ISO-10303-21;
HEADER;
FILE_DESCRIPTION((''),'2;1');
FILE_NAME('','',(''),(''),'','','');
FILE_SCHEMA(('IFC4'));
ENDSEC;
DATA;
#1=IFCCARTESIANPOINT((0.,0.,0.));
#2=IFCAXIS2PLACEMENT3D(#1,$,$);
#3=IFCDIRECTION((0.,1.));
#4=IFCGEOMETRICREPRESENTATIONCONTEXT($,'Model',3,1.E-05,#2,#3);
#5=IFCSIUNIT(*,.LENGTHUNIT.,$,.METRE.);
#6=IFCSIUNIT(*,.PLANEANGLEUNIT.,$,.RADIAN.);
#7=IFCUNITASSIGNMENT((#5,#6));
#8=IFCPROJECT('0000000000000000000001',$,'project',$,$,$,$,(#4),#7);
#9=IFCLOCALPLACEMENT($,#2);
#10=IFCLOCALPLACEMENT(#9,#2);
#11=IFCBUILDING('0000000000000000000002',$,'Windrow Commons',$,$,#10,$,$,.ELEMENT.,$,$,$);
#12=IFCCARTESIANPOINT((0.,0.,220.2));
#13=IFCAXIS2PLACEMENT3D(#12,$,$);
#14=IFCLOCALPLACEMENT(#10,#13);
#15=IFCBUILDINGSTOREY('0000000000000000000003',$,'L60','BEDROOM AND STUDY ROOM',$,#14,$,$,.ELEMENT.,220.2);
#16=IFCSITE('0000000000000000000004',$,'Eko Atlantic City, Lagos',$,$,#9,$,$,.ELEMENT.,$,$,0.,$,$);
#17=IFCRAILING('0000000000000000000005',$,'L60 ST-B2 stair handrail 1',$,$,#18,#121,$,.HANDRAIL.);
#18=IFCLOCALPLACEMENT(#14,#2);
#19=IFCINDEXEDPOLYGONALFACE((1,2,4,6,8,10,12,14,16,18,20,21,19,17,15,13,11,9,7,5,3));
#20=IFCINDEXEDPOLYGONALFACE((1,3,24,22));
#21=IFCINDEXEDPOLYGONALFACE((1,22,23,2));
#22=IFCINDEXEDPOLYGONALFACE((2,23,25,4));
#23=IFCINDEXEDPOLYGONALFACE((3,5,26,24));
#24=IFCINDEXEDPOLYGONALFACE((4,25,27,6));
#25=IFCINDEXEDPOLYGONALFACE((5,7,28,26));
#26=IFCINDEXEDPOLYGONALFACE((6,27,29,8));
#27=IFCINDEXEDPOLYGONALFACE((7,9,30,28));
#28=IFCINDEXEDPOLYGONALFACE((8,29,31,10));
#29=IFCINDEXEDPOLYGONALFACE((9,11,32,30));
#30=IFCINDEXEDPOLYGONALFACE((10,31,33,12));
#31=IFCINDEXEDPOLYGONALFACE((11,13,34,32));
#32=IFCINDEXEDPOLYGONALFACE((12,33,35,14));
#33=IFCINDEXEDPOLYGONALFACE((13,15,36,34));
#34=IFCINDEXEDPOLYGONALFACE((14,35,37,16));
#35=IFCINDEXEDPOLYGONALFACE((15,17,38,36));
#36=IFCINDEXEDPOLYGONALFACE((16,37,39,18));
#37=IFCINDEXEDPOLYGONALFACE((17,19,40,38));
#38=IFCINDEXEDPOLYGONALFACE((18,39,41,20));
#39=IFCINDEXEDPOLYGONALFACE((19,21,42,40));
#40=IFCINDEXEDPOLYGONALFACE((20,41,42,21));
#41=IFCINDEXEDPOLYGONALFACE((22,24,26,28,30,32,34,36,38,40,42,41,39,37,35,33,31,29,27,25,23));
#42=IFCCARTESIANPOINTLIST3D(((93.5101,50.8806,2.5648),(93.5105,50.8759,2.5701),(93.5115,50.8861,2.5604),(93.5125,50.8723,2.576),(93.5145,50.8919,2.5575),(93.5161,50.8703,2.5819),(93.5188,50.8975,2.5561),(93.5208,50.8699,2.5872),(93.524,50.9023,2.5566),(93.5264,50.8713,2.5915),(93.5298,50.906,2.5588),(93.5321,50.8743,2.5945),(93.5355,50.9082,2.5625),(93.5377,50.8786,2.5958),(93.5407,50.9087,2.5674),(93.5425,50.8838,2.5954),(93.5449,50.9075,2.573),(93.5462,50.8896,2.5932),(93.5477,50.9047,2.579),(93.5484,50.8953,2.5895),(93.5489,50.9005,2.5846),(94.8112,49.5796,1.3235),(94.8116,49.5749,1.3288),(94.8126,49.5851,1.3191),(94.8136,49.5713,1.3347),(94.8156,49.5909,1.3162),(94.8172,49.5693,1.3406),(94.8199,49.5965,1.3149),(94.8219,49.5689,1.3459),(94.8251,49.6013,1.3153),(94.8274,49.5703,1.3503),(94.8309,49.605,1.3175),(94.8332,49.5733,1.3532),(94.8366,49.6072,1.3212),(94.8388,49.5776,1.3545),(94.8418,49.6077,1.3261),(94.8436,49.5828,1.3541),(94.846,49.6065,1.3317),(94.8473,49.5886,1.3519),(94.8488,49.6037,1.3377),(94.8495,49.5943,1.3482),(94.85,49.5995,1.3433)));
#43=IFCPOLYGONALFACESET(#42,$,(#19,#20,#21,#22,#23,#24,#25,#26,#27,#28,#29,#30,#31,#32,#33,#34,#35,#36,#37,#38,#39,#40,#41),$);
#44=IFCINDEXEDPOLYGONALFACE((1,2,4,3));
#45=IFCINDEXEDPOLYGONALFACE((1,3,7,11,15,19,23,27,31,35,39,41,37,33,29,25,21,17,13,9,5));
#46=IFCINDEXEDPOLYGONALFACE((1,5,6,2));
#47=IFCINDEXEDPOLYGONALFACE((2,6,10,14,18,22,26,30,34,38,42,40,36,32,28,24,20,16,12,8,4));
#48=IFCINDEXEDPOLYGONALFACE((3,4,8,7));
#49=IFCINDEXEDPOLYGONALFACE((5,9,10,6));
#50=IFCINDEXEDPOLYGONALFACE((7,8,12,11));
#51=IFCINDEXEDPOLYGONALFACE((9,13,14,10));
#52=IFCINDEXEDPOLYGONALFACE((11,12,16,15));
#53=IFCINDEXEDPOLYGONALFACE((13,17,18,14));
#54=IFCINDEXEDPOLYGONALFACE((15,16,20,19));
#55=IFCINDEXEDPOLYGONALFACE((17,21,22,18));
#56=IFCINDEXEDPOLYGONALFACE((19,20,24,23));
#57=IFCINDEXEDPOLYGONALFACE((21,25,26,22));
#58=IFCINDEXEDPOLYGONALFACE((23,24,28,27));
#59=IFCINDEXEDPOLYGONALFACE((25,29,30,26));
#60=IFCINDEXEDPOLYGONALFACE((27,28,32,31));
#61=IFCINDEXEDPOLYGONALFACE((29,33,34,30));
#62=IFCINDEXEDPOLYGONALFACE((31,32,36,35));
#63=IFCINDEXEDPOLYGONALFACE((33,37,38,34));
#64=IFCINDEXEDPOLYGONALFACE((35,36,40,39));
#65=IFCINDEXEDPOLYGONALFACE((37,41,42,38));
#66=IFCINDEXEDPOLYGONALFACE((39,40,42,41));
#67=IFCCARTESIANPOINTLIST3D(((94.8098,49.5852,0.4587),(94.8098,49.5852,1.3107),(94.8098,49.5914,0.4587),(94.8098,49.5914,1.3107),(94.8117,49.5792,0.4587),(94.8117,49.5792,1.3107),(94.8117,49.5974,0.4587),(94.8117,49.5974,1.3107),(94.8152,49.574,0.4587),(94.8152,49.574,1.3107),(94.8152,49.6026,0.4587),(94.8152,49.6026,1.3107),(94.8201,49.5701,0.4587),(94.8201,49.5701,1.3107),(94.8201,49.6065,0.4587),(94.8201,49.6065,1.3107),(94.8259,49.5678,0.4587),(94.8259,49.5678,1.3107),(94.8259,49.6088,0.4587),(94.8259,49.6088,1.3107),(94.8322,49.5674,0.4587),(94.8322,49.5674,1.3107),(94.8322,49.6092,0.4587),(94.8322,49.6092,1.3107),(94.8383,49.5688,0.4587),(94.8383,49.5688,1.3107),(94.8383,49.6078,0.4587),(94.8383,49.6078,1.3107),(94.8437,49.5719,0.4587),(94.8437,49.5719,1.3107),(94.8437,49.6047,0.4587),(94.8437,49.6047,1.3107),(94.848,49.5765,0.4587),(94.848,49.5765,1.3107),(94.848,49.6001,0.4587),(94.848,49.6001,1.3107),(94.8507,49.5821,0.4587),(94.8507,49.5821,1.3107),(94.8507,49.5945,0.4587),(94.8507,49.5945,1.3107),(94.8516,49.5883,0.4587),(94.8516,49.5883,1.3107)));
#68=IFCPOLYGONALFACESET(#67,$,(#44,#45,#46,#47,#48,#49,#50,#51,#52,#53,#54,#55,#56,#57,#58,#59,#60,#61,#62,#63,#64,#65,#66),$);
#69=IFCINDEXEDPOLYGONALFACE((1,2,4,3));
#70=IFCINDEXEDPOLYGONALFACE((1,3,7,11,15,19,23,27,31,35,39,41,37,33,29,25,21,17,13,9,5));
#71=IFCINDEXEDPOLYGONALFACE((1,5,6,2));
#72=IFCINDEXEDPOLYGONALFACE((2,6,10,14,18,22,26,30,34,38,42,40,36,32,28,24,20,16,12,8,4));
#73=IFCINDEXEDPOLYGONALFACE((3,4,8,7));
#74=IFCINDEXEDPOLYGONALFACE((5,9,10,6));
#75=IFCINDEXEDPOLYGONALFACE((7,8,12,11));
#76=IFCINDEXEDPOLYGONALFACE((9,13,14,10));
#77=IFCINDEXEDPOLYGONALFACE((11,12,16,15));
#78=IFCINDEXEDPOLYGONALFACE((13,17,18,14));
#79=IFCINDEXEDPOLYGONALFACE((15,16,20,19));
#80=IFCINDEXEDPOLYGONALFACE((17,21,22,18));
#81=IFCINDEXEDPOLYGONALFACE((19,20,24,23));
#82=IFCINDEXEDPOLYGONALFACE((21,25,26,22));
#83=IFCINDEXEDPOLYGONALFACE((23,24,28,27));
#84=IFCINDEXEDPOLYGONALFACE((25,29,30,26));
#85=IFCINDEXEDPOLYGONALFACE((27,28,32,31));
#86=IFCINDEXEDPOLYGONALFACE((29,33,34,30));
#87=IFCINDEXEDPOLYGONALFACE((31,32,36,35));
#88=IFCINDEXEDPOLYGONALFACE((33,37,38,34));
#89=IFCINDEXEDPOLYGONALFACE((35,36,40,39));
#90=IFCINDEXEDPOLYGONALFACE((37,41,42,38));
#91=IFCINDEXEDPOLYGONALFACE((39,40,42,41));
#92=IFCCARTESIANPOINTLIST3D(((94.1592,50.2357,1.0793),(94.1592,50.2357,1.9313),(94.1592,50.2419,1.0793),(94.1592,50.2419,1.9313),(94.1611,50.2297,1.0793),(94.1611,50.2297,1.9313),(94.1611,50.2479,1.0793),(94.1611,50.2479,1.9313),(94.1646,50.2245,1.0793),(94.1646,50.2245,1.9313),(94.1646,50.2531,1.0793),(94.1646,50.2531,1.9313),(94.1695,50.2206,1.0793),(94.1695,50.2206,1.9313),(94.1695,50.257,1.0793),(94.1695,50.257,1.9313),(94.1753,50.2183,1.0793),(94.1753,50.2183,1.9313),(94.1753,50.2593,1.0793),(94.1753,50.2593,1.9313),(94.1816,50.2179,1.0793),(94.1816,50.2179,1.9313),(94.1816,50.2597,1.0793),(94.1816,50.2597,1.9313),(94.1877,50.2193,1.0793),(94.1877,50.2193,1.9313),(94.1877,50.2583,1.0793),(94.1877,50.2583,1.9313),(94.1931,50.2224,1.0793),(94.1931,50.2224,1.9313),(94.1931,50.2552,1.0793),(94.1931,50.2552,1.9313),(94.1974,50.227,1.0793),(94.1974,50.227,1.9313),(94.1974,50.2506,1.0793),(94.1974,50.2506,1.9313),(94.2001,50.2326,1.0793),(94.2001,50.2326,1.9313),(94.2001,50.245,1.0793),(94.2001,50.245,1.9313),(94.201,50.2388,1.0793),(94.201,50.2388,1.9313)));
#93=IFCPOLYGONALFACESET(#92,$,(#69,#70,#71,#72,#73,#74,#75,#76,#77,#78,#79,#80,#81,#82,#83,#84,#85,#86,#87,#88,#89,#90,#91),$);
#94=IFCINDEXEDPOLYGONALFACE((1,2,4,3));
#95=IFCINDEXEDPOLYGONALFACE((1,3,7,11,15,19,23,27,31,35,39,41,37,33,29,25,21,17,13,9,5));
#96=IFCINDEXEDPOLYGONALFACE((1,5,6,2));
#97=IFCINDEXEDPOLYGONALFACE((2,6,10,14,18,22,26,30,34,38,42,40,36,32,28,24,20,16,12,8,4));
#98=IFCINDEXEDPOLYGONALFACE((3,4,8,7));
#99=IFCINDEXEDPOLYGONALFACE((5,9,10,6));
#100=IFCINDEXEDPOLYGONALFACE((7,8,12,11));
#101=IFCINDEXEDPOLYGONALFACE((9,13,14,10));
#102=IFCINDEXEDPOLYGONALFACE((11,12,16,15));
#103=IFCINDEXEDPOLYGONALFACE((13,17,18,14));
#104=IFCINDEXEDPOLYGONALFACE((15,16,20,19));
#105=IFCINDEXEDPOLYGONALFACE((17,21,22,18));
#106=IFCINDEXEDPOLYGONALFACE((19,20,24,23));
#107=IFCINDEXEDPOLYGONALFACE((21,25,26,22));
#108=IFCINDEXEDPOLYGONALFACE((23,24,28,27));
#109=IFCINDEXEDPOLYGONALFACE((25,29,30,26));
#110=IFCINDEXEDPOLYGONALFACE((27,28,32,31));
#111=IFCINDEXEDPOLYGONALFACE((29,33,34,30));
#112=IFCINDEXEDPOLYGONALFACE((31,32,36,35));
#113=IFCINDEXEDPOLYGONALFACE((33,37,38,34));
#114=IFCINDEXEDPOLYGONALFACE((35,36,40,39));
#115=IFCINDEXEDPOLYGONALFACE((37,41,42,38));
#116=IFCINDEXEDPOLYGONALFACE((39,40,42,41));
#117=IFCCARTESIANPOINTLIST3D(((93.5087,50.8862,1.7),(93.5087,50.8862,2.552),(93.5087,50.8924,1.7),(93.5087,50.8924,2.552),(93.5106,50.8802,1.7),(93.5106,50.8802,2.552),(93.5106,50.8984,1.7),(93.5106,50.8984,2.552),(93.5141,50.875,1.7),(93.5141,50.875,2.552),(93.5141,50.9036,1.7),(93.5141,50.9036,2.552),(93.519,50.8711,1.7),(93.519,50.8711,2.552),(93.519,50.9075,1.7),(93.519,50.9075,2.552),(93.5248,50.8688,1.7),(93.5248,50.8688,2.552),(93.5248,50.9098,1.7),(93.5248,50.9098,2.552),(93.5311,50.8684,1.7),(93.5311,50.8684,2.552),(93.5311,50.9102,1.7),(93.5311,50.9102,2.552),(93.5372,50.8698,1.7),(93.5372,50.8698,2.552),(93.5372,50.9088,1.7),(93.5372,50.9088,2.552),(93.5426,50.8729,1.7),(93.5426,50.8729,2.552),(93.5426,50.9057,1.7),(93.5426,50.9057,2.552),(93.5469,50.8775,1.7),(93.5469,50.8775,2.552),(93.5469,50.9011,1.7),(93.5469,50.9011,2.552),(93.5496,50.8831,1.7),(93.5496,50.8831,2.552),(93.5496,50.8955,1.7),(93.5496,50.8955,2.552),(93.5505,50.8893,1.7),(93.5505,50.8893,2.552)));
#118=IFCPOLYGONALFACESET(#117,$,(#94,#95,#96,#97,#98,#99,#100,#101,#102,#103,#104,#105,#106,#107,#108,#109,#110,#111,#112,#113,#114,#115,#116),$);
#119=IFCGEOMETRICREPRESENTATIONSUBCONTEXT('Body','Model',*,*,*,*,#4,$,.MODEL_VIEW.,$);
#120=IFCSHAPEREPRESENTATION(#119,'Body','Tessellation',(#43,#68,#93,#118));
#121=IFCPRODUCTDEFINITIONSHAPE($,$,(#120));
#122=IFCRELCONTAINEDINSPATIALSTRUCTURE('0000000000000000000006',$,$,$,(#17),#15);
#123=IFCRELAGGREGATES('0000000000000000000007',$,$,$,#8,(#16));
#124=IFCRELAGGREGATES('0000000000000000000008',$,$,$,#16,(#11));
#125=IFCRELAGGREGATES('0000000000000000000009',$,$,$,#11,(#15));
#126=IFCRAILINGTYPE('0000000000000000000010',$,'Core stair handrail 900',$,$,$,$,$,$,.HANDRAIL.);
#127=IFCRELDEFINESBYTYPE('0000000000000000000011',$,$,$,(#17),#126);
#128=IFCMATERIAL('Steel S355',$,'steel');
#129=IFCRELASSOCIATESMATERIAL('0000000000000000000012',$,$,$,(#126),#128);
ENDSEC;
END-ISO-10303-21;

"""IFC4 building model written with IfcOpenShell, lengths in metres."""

from ifc_helpers import new_model, si_unit, direction, frame, origin, origin_2d, place, context, subcontext, project, spatial, circle, extrude, material, type_object, element, save


model = new_model("IFC4")

# Units and contexts
model_context = context("Model", 3, precision=1e-05, world=origin(), true_north=direction((0.0, 1.0)))
body_context = subcontext(model_context, "Body", "Model", "MODEL_VIEW")
ifc_project = project(units=[si_unit("LENGTHUNIT", "METRE"), si_unit("PLANEANGLEUNIT", "RADIAN")], contexts=[model_context])

# Site, building, storey
site_placement = place(None, origin())
site = spatial("IfcSite", under=ifc_project, at=site_placement, Name="Eko Atlantic City, Lagos", CompositionType="ELEMENT", RefElevation=0.0)
building_placement = place(site_placement, origin())
building = spatial("IfcBuilding", under=site, at=building_placement, Name="Windrow Commons", CompositionType="ELEMENT")
storey_placement = place(building_placement, frame((0.0, 0.0, 220.2)))
storey = spatial("IfcBuildingStorey", under=building, at=storey_placement, Name="L60", Description="BEDROOM AND STUDY ROOM", CompositionType="ELEMENT", Elevation=220.2)

# Railing
ifc_material_1 = material(Name="Steel S355", Category="steel")
railing_type_1 = type_object("IfcRailingType", Name="Core stair handrail 900", PredefinedType="HANDRAIL", material=ifc_material_1)
railing_1_placement = place(storey_placement, frame((94.8306, 49.5883, 0.4587)))
element("IfcRailing", 1, at=railing_1_placement, inside=storey, type_object=railing_type_1, Name="L60 ST-B2 stair handrail 1", PredefinedType="HANDRAIL", context=body_context, shape_type="SweptSolid", body=[
    extrude(circle(Radius=0.024, at=origin_2d()), frame((0.0, 0.0, 0.876), z_axis=(-0.586207, 0.586162, 0.559264), x_axis=(-0.70708, -0.707134, 0.0)), (0.0, 0.0, 1.0), 2.2195),
    extrude(circle(Radius=0.021, at=origin_2d()), origin(), (0.0, 0.0, 1.0), 0.852),
    extrude(circle(Radius=0.021, at=origin_2d()), frame((-0.6506, 0.6505, 0.6206)), (0.0, 0.0, 1.0), 0.852),
    extrude(circle(Radius=0.021, at=origin_2d()), frame((-1.3011, 1.301, 1.2413)), (0.0, 0.0, 1.0), 0.852),
])

save(model, "model.ifc")
